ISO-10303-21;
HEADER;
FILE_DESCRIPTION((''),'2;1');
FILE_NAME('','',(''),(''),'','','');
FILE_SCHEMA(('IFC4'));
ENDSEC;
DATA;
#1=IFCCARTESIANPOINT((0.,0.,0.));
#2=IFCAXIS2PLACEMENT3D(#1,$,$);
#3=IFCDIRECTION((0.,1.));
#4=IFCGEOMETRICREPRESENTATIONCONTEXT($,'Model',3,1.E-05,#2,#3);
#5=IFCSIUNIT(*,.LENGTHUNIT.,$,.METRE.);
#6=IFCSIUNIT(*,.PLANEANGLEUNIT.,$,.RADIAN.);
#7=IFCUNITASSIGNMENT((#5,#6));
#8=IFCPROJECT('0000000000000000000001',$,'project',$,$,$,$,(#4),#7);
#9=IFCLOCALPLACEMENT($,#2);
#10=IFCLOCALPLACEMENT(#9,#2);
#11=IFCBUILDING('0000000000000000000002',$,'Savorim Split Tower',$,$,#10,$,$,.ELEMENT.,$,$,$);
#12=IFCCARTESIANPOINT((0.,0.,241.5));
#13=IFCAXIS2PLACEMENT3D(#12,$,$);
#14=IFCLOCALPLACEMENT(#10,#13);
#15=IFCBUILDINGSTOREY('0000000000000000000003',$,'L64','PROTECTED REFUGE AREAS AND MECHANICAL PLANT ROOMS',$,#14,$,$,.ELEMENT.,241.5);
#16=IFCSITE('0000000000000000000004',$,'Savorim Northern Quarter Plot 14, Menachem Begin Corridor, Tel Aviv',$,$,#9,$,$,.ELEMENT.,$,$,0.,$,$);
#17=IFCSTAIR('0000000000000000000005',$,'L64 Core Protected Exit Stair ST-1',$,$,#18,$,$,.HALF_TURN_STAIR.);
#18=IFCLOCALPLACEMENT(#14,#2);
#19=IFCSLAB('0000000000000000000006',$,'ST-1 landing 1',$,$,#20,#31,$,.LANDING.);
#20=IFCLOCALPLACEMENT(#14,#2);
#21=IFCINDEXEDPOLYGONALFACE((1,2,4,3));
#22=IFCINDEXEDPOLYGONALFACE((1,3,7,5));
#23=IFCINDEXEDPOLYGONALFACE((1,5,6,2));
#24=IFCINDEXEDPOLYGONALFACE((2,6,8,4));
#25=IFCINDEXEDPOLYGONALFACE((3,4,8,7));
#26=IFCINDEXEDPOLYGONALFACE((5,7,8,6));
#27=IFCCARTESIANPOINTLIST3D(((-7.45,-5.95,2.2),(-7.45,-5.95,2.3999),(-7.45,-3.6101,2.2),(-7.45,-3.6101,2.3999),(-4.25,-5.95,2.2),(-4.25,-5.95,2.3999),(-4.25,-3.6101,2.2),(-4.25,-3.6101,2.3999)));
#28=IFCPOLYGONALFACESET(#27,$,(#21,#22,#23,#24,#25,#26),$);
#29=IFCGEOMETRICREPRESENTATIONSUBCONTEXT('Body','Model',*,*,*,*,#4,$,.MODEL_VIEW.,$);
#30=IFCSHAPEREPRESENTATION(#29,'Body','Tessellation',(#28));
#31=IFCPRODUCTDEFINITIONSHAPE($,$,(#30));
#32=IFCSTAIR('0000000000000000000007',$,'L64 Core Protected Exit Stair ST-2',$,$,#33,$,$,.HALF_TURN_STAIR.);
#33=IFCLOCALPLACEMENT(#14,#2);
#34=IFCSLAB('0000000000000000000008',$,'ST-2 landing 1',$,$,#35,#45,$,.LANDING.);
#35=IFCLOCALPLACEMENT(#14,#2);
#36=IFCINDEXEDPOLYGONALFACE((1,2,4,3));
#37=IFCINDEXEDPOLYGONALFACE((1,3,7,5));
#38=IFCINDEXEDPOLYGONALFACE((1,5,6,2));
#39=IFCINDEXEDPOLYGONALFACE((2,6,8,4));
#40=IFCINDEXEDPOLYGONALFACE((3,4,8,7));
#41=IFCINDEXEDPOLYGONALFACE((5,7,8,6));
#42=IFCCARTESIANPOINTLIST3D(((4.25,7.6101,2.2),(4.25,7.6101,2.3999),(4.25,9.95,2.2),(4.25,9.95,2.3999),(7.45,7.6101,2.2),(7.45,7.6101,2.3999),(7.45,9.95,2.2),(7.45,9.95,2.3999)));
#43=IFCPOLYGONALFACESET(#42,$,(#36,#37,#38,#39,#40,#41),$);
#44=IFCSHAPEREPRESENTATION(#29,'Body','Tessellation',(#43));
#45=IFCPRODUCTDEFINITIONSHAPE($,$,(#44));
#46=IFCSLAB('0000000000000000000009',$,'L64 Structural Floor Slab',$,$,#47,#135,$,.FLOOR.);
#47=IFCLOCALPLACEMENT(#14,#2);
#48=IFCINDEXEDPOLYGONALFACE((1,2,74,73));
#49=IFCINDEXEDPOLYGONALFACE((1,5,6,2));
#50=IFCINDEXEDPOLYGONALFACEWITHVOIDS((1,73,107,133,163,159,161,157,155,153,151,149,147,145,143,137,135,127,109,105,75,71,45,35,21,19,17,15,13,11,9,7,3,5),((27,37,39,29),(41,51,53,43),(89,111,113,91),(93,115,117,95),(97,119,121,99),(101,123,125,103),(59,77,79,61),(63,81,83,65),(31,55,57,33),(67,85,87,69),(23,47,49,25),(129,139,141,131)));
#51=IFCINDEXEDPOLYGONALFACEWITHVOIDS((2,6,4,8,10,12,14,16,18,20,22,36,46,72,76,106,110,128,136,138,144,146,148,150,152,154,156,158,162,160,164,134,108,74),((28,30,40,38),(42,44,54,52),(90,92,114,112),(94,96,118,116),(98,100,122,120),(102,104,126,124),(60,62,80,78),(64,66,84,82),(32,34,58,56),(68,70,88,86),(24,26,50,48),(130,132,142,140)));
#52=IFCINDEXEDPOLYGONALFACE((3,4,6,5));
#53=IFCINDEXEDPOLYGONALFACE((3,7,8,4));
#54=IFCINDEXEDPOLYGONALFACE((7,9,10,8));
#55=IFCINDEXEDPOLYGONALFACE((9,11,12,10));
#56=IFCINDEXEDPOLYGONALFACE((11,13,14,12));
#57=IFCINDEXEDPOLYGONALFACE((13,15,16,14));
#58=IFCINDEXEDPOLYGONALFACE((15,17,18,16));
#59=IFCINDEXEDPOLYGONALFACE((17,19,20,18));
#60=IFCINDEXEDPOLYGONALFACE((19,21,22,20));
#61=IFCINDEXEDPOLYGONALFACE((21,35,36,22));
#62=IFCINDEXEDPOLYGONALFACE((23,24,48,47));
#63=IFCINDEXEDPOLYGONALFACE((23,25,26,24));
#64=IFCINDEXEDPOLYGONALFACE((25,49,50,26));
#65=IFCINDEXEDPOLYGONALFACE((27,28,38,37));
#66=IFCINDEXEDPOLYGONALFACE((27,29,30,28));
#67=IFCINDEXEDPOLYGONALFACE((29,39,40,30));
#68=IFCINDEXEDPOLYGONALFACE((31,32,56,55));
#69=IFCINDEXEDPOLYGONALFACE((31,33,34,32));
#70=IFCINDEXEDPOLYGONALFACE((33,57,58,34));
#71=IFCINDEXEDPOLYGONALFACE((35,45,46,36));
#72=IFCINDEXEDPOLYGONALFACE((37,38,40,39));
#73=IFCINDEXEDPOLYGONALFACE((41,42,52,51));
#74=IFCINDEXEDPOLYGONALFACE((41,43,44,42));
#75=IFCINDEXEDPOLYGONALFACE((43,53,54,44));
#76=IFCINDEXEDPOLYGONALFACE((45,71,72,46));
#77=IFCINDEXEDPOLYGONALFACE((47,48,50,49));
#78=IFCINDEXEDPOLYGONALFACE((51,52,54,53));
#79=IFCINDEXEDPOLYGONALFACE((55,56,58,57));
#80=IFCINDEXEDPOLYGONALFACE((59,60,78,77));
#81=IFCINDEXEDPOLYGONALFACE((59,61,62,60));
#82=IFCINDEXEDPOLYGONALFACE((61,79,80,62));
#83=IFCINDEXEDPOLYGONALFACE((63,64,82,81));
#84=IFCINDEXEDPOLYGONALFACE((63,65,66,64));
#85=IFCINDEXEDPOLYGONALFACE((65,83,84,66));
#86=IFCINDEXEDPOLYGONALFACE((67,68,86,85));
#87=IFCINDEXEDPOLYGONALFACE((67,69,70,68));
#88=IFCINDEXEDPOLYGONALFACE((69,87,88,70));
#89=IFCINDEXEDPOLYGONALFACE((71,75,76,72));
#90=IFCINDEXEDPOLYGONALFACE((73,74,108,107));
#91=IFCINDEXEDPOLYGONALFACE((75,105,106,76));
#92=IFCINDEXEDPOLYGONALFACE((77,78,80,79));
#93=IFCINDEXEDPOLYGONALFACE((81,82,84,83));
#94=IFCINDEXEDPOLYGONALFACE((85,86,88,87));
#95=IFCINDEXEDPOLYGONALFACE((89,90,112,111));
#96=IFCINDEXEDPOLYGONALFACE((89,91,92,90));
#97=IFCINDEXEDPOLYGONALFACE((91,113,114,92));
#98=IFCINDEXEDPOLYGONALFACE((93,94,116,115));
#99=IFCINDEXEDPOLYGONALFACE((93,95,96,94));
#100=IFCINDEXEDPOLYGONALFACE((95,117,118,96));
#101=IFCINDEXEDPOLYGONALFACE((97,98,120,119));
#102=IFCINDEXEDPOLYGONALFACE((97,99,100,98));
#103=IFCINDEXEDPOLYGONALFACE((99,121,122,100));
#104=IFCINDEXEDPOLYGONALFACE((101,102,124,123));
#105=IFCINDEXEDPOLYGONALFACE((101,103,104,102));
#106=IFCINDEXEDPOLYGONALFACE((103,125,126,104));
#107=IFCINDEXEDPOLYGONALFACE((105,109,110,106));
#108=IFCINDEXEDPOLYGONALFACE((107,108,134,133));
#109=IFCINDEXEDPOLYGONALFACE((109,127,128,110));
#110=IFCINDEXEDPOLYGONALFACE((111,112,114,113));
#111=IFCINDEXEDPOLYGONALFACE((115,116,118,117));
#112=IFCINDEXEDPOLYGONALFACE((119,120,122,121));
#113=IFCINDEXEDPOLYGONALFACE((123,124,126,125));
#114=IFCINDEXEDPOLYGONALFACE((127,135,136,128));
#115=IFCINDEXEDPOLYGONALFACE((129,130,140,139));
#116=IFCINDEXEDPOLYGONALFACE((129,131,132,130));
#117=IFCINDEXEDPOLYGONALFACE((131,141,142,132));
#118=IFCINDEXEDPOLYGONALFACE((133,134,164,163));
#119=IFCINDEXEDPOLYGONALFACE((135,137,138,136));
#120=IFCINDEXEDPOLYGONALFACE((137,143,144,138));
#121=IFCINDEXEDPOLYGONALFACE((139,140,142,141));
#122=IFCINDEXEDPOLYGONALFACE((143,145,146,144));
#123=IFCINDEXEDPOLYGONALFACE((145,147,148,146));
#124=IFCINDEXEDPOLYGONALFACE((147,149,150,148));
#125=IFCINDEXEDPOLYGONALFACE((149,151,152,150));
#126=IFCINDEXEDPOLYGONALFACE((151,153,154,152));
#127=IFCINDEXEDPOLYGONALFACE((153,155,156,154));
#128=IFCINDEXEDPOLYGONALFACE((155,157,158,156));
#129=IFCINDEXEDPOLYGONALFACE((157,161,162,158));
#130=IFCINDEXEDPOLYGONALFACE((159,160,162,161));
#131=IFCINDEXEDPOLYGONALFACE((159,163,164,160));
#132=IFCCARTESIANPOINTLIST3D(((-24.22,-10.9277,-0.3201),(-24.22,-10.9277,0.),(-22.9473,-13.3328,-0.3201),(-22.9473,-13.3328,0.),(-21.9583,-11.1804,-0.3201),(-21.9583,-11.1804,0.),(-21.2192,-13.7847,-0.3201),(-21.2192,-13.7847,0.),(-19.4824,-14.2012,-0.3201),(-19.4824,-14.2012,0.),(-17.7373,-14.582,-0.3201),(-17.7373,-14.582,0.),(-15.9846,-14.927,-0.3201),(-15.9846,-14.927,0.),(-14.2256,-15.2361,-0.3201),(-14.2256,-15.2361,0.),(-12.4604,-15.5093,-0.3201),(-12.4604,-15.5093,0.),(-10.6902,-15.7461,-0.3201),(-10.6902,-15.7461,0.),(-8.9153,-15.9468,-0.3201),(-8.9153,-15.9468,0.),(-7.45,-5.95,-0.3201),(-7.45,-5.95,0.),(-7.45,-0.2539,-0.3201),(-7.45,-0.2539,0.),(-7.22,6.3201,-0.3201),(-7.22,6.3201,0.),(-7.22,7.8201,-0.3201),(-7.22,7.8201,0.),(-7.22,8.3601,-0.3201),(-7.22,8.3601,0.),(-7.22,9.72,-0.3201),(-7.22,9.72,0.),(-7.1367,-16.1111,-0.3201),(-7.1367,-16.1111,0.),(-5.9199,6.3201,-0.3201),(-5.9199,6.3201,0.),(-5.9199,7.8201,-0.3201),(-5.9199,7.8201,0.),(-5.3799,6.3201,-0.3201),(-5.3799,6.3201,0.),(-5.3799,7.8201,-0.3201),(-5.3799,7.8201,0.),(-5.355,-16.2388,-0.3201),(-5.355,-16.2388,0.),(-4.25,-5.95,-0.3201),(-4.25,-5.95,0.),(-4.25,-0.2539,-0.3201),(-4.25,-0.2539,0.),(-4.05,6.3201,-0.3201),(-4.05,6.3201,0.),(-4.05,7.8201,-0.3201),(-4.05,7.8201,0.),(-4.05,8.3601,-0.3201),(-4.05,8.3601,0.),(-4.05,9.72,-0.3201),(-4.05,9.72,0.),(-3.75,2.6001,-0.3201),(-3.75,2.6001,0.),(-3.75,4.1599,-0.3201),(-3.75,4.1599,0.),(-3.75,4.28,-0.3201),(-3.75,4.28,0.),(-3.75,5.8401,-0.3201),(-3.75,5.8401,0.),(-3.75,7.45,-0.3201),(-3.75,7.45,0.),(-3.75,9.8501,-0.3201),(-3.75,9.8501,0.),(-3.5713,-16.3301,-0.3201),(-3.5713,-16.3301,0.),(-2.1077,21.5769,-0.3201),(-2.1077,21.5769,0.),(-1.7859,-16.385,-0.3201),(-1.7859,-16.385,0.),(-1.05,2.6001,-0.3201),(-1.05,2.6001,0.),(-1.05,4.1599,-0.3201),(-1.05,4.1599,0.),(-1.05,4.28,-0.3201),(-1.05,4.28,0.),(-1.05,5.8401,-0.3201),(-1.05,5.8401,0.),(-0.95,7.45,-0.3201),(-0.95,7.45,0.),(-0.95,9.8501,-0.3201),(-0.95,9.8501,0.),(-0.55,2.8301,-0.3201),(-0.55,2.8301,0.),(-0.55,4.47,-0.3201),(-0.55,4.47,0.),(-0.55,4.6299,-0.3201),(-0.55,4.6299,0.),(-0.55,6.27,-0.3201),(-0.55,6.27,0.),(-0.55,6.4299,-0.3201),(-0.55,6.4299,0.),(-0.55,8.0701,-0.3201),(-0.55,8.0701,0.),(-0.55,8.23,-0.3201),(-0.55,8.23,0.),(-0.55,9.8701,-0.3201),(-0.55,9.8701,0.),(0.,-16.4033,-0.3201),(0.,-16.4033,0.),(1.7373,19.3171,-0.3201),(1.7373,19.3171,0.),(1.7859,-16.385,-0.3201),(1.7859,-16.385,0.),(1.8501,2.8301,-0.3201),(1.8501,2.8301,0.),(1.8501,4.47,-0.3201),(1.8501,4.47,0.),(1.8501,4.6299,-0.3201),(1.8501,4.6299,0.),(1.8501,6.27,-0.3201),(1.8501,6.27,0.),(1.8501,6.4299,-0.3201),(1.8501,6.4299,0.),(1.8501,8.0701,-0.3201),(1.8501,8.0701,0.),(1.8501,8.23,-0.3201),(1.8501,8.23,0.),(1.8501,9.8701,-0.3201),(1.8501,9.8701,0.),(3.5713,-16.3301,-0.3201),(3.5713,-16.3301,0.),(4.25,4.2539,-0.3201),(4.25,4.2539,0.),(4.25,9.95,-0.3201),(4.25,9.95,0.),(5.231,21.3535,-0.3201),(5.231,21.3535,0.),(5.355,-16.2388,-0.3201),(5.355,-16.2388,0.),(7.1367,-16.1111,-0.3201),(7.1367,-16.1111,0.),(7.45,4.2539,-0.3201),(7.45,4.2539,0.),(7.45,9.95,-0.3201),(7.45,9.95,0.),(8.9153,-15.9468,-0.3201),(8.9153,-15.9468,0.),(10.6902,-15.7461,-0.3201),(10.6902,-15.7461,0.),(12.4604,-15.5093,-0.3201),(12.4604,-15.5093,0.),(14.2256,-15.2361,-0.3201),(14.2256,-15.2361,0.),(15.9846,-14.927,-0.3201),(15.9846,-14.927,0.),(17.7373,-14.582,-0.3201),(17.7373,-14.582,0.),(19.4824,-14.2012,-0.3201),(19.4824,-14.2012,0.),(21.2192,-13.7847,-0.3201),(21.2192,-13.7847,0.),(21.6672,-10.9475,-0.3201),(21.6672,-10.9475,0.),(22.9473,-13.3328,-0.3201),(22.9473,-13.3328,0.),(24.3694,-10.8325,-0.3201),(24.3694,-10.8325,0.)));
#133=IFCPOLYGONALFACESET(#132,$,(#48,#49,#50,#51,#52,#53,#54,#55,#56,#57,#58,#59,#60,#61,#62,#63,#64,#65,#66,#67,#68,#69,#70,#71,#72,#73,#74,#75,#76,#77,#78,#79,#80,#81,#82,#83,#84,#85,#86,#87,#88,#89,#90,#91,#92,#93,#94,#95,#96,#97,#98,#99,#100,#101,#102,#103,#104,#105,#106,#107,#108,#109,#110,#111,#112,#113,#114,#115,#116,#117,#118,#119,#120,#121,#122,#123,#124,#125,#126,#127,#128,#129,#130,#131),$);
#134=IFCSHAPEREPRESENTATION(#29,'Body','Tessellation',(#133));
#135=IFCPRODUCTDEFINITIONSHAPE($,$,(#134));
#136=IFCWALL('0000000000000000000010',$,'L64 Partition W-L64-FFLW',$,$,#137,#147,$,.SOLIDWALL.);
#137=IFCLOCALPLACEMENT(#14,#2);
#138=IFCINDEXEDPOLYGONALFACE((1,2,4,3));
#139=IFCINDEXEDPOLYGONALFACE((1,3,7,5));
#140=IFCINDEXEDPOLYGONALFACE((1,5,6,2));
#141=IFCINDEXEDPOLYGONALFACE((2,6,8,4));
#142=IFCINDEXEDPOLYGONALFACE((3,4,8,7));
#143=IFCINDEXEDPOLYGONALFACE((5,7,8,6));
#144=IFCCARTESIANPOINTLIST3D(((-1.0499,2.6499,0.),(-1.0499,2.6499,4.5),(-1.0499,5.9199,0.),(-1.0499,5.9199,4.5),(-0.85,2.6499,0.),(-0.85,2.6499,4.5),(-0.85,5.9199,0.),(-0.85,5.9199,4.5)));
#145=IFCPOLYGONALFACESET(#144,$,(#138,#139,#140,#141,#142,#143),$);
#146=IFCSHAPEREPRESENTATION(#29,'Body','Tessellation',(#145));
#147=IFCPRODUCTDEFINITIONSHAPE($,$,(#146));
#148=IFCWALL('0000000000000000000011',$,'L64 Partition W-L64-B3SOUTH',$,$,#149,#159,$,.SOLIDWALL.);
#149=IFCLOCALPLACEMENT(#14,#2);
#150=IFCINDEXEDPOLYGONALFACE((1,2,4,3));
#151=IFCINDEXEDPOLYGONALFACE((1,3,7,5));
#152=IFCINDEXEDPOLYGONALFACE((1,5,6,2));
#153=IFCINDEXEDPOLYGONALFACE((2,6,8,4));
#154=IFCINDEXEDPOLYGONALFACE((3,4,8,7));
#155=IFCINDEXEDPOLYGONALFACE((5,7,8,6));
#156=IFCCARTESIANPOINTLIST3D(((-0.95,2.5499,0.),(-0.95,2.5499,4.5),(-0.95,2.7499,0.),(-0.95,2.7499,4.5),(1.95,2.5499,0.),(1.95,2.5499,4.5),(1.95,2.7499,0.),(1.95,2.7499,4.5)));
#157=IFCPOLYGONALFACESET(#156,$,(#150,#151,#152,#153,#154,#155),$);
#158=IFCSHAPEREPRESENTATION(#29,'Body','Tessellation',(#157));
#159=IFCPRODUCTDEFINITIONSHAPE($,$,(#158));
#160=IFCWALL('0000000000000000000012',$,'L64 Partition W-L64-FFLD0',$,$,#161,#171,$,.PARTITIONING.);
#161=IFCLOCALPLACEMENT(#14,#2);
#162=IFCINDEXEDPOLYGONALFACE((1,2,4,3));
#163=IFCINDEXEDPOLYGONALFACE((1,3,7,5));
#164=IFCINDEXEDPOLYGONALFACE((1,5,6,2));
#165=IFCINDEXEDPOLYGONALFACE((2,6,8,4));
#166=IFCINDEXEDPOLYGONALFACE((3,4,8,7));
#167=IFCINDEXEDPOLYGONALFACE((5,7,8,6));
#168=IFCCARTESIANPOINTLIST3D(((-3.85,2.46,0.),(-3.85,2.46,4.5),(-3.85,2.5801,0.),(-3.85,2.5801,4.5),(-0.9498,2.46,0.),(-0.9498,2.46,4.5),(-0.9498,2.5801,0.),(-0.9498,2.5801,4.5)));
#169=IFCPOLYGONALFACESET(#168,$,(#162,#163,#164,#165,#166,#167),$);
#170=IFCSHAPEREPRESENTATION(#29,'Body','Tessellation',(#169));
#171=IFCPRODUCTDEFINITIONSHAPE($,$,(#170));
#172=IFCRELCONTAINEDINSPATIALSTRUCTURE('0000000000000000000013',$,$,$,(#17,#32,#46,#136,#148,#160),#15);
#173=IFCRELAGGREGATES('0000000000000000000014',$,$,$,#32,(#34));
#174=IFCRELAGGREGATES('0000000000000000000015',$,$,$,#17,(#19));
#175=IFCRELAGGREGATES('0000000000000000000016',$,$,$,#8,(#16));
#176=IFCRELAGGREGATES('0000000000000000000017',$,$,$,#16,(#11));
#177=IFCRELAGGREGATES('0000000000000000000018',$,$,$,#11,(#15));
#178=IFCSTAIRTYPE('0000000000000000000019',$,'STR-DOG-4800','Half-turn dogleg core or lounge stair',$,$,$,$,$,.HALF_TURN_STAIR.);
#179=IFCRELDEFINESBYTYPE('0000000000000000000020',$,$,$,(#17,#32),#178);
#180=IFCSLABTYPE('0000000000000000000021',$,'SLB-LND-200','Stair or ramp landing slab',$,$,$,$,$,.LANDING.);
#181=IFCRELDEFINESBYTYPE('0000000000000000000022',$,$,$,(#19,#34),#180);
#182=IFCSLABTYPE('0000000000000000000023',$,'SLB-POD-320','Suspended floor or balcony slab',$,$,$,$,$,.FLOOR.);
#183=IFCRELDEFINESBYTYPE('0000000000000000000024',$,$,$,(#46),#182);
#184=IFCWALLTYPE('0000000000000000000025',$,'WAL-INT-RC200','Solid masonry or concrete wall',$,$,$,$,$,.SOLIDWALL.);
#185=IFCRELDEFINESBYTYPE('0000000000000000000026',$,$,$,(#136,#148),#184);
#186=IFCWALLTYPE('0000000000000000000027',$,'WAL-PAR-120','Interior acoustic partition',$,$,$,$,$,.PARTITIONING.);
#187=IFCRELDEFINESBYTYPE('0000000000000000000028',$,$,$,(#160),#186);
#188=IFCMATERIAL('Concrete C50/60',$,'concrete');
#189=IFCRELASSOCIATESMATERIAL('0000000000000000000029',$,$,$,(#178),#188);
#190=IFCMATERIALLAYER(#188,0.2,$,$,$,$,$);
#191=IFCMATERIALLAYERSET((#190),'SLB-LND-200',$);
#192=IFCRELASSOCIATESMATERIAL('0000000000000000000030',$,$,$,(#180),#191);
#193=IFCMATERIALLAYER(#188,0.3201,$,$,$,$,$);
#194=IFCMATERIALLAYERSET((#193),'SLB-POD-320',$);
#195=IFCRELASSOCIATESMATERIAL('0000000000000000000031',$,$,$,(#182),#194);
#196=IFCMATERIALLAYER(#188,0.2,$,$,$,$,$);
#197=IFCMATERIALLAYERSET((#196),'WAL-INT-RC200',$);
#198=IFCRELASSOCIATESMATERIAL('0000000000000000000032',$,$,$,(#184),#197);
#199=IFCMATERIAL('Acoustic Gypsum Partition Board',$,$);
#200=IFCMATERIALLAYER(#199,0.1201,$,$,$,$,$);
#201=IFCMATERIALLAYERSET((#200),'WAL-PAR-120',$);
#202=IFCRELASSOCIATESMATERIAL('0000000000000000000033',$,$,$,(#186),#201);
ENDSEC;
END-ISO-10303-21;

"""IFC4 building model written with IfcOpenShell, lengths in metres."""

from ifc_helpers import new_model, si_unit, direction, frame, frame_2d, origin, place, context, subcontext, project, spatial, polyline, rectangle, outline, extrude, material, layer, layer_set, type_object, element, aggregate, save


model = new_model("IFC4")

# Units and contexts
model_context = context("Model", 3, precision=1e-05, world=origin(), true_north=direction((0.0, 1.0)))
body_context = subcontext(model_context, "Body", "Model", "MODEL_VIEW")
ifc_project = project(units=[si_unit("LENGTHUNIT", "METRE"), si_unit("PLANEANGLEUNIT", "RADIAN")], contexts=[model_context])

# Site, building, storey
site_placement = place(None, origin())
site = spatial("IfcSite", under=ifc_project, at=site_placement, Name="Savorim Northern Quarter Plot 14, Menachem Begin Corridor, Tel Aviv", CompositionType="ELEMENT", RefElevation=0.0)
building_placement = place(site_placement, origin())
building = spatial("IfcBuilding", under=site, at=building_placement, Name="Savorim Split Tower", CompositionType="ELEMENT")
storey_placement = place(building_placement, frame((0.0, 0.0, 241.5)))
storey = spatial("IfcBuildingStorey", under=building, at=storey_placement, Name="L64", Description="PROTECTED REFUGE AREAS AND MECHANICAL PLANT ROOMS", CompositionType="ELEMENT", Elevation=241.5)

# Stairs, slabs
ifc_material_1 = material(Name="Concrete C50/60", Category="concrete")
stair_type = type_object("IfcStairType", Name="STR-DOG-4800", Description="Half-turn dogleg core or lounge stair", PredefinedType="HALF_TURN_STAIR", material=ifc_material_1)
stair_1_placement = place(storey_placement, origin())
stair_1 = element("IfcStair", 1, at=stair_1_placement, inside=storey, type_object=stair_type, Name="L64 Core Protected Exit Stair ST-1", PredefinedType="HALF_TURN_STAIR")
ifc_layer_1 = layer(ifc_material_1, 0.2)
ifc_layer_set_1 = layer_set([ifc_layer_1], Name="SLB-LND-200")
slab_type_1 = type_object("IfcSlabType", Name="SLB-LND-200", Description="Stair or ramp landing slab", PredefinedType="LANDING", material=ifc_layer_set_1)
slab_1_placement = place(storey_placement, frame((0.0, 0.0, 2.2)))
slab_1 = element("IfcSlab", 2, at=slab_1_placement, type_object=slab_type_1, Name="ST-1 landing 1", PredefinedType="LANDING", context=body_context, shape_type="SweptSolid", body=[
    extrude(outline(polyline([(-7.45, -3.6101), (-7.45, -5.95), (-4.25, -5.95), (-4.25, -3.6101), (-7.45, -3.6101)])), origin(), (0.0, 0.0, 1.0), 0.2),
])
stair_2_placement = place(storey_placement, origin())
stair_2 = element("IfcStair", 3, at=stair_2_placement, inside=storey, type_object=stair_type, Name="L64 Core Protected Exit Stair ST-2", PredefinedType="HALF_TURN_STAIR")
slab_2_placement = place(storey_placement, frame((0.0, 0.0, 2.2)))
slab_2 = element("IfcSlab", 4, at=slab_2_placement, type_object=slab_type_1, Name="ST-2 landing 1", PredefinedType="LANDING", context=body_context, shape_type="SweptSolid", body=[
    extrude(outline(polyline([(7.45, 7.6101), (7.45, 9.95), (4.25, 9.95), (4.25, 7.6101), (7.45, 7.6101)])), origin(), (0.0, 0.0, 1.0), 0.2),
])
aggregate(stair_2, [slab_2])

# Slab
ifc_layer_2 = layer(ifc_material_1, 0.3201)
ifc_layer_set_2 = layer_set([ifc_layer_2], Name="SLB-POD-320")
slab_type_2 = type_object("IfcSlabType", Name="SLB-POD-320", Description="Suspended floor or balcony slab", PredefinedType="FLOOR", material=ifc_layer_set_2)
slab_3_placement = place(storey_placement, frame((0.0, 0.0, -0.3201)))
element("IfcSlab", 5, at=slab_3_placement, inside=storey, type_object=slab_type_2, Name="L64 Structural Floor Slab", PredefinedType="FLOOR", context=body_context, shape_type="SweptSolid", body=[
    extrude(outline(polyline([(-22.9473, -13.3328), (-21.2192, -13.7847), (-19.4824, -14.2012), (-17.7373, -14.582), (-15.9846, -14.927), (-14.2256, -15.2361), (-12.4604, -15.5093), (-10.6902, -15.7461), (-8.9153, -15.9468), (-7.1367, -16.1111), (-5.355, -16.2388), (-3.5713, -16.3301), (-1.7859, -16.385), (0.0, -16.4033), (1.7859, -16.385), (3.5713, -16.3301), (5.355, -16.2388), (7.1367, -16.1111), (8.9153, -15.9468), (10.6902, -15.7461), (12.4604, -15.5093), (14.2256, -15.2361), (15.9846, -14.927), (17.7373, -14.582), (19.4824, -14.2012), (21.2192, -13.7847), (22.9473, -13.3328), (21.6672, -10.9475), (24.3694, -10.8325), (5.231, 21.3535), (1.7373, 19.3171), (-2.1077, 21.5769), (-24.22, -10.9277), (-21.9583, -11.1804), (-22.9473, -13.3328)]), holes=[polyline([(-7.45, -0.2539), (-7.45, -5.95), (-4.25, -5.95), (-4.25, -0.2539), (-7.45, -0.2539)]), polyline([(7.45, 4.2539), (7.45, 9.95), (4.25, 9.95), (4.25, 4.2539), (7.45, 4.2539)]), polyline([(-0.55, 2.8301), (1.8501, 2.8301), (1.8501, 4.47), (-0.55, 4.47), (-0.55, 2.8301)]), polyline([(-0.55, 4.6299), (1.8501, 4.6299), (1.8501, 6.27), (-0.55, 6.27), (-0.55, 4.6299)]), polyline([(-0.55, 6.4299), (1.8501, 6.4299), (1.8501, 8.0701), (-0.55, 8.0701), (-0.55, 6.4299)]), polyline([(-0.55, 8.23), (1.8501, 8.23), (1.8501, 9.8701), (-0.55, 9.8701), (-0.55, 8.23)]), polyline([(-3.75, 2.6001), (-1.05, 2.6001), (-1.05, 4.1599), (-3.75, 4.1599), (-3.75, 2.6001)]), polyline([(-3.75, 4.28), (-1.05, 4.28), (-1.05, 5.8401), (-3.75, 5.8401), (-3.75, 4.28)]), polyline([(-3.75, 7.45), (-0.95, 7.45), (-0.95, 9.8501), (-3.75, 9.8501), (-3.75, 7.45)]), polyline([(-7.22, 6.3201), (-5.9199, 6.3201), (-5.9199, 7.8201), (-7.22, 7.8201), (-7.22, 6.3201)]), polyline([(-5.3799, 6.3201), (-4.05, 6.3201), (-4.05, 7.8201), (-5.3799, 7.8201), (-5.3799, 6.3201)]), polyline([(-7.22, 8.3601), (-4.05, 8.3601), (-4.05, 9.72), (-7.22, 9.72), (-7.22, 8.3601)])]), origin(), (0.0, 0.0, 1.0), 0.3201),
])

# Shared definitions
ifc_layer_3 = layer(ifc_material_1, 0.2)
ifc_layer_set_3 = layer_set([ifc_layer_3], Name="WAL-INT-RC200")
wall_type_1 = type_object("IfcWallType", Name="WAL-INT-RC200", Description="Solid masonry or concrete wall", PredefinedType="SOLIDWALL", material=ifc_layer_set_3)

# Walls
wall_1_placement = place(storey_placement, frame((-0.95, 2.6499, 0.0), z_axis=(0.0, 0.0, 1.0), x_axis=(0.0, 1.0, 0.0)))
element("IfcWall", 6, at=wall_1_placement, inside=storey, type_object=wall_type_1, Name="L64 Partition W-L64-FFLW", PredefinedType="SOLIDWALL", context=body_context, shape_type="SweptSolid", body=[
    extrude(rectangle(XDim=3.27, YDim=0.2, at=frame_2d((1.635, 0.0))), origin(), (0.0, 0.0, 1.0), 4.5),
])
wall_2_placement = place(storey_placement, frame((-0.95, 2.6499, 0.0), z_axis=(0.0, 0.0, 1.0), x_axis=(1.0, 0.0, 0.0)))
element("IfcWall", 7, at=wall_2_placement, inside=storey, type_object=wall_type_1, Name="L64 Partition W-L64-B3SOUTH", PredefinedType="SOLIDWALL", context=body_context, shape_type="SweptSolid", body=[
    extrude(rectangle(XDim=2.8999, YDim=0.2, at=frame_2d((1.45, 0.0))), origin(), (0.0, 0.0, 1.0), 4.5),
])
ifc_material_2 = material(Name="Acoustic Gypsum Partition Board")
ifc_layer_4 = layer(ifc_material_2, 0.1201)
ifc_layer_set_4 = layer_set([ifc_layer_4], Name="WAL-PAR-120")
wall_type_2 = type_object("IfcWallType", Name="WAL-PAR-120", Description="Interior acoustic partition", PredefinedType="PARTITIONING", material=ifc_layer_set_4)
wall_3_placement = place(storey_placement, frame((-3.8501, 2.52, 0.0), z_axis=(0.0, 0.0, 1.0), x_axis=(1.0, 0.0, 0.0)))
element("IfcWall", 8, at=wall_3_placement, inside=storey, type_object=wall_type_2, Name="L64 Partition W-L64-FFLD0", PredefinedType="PARTITIONING", context=body_context, shape_type="SweptSolid", body=[
    extrude(rectangle(XDim=2.9001, YDim=0.1201, at=frame_2d((1.4502, 0.0))), origin(), (0.0, 0.0, 1.0), 4.5),
])

aggregate(stair_1, [slab_1])

save(model, "model.ifc")
